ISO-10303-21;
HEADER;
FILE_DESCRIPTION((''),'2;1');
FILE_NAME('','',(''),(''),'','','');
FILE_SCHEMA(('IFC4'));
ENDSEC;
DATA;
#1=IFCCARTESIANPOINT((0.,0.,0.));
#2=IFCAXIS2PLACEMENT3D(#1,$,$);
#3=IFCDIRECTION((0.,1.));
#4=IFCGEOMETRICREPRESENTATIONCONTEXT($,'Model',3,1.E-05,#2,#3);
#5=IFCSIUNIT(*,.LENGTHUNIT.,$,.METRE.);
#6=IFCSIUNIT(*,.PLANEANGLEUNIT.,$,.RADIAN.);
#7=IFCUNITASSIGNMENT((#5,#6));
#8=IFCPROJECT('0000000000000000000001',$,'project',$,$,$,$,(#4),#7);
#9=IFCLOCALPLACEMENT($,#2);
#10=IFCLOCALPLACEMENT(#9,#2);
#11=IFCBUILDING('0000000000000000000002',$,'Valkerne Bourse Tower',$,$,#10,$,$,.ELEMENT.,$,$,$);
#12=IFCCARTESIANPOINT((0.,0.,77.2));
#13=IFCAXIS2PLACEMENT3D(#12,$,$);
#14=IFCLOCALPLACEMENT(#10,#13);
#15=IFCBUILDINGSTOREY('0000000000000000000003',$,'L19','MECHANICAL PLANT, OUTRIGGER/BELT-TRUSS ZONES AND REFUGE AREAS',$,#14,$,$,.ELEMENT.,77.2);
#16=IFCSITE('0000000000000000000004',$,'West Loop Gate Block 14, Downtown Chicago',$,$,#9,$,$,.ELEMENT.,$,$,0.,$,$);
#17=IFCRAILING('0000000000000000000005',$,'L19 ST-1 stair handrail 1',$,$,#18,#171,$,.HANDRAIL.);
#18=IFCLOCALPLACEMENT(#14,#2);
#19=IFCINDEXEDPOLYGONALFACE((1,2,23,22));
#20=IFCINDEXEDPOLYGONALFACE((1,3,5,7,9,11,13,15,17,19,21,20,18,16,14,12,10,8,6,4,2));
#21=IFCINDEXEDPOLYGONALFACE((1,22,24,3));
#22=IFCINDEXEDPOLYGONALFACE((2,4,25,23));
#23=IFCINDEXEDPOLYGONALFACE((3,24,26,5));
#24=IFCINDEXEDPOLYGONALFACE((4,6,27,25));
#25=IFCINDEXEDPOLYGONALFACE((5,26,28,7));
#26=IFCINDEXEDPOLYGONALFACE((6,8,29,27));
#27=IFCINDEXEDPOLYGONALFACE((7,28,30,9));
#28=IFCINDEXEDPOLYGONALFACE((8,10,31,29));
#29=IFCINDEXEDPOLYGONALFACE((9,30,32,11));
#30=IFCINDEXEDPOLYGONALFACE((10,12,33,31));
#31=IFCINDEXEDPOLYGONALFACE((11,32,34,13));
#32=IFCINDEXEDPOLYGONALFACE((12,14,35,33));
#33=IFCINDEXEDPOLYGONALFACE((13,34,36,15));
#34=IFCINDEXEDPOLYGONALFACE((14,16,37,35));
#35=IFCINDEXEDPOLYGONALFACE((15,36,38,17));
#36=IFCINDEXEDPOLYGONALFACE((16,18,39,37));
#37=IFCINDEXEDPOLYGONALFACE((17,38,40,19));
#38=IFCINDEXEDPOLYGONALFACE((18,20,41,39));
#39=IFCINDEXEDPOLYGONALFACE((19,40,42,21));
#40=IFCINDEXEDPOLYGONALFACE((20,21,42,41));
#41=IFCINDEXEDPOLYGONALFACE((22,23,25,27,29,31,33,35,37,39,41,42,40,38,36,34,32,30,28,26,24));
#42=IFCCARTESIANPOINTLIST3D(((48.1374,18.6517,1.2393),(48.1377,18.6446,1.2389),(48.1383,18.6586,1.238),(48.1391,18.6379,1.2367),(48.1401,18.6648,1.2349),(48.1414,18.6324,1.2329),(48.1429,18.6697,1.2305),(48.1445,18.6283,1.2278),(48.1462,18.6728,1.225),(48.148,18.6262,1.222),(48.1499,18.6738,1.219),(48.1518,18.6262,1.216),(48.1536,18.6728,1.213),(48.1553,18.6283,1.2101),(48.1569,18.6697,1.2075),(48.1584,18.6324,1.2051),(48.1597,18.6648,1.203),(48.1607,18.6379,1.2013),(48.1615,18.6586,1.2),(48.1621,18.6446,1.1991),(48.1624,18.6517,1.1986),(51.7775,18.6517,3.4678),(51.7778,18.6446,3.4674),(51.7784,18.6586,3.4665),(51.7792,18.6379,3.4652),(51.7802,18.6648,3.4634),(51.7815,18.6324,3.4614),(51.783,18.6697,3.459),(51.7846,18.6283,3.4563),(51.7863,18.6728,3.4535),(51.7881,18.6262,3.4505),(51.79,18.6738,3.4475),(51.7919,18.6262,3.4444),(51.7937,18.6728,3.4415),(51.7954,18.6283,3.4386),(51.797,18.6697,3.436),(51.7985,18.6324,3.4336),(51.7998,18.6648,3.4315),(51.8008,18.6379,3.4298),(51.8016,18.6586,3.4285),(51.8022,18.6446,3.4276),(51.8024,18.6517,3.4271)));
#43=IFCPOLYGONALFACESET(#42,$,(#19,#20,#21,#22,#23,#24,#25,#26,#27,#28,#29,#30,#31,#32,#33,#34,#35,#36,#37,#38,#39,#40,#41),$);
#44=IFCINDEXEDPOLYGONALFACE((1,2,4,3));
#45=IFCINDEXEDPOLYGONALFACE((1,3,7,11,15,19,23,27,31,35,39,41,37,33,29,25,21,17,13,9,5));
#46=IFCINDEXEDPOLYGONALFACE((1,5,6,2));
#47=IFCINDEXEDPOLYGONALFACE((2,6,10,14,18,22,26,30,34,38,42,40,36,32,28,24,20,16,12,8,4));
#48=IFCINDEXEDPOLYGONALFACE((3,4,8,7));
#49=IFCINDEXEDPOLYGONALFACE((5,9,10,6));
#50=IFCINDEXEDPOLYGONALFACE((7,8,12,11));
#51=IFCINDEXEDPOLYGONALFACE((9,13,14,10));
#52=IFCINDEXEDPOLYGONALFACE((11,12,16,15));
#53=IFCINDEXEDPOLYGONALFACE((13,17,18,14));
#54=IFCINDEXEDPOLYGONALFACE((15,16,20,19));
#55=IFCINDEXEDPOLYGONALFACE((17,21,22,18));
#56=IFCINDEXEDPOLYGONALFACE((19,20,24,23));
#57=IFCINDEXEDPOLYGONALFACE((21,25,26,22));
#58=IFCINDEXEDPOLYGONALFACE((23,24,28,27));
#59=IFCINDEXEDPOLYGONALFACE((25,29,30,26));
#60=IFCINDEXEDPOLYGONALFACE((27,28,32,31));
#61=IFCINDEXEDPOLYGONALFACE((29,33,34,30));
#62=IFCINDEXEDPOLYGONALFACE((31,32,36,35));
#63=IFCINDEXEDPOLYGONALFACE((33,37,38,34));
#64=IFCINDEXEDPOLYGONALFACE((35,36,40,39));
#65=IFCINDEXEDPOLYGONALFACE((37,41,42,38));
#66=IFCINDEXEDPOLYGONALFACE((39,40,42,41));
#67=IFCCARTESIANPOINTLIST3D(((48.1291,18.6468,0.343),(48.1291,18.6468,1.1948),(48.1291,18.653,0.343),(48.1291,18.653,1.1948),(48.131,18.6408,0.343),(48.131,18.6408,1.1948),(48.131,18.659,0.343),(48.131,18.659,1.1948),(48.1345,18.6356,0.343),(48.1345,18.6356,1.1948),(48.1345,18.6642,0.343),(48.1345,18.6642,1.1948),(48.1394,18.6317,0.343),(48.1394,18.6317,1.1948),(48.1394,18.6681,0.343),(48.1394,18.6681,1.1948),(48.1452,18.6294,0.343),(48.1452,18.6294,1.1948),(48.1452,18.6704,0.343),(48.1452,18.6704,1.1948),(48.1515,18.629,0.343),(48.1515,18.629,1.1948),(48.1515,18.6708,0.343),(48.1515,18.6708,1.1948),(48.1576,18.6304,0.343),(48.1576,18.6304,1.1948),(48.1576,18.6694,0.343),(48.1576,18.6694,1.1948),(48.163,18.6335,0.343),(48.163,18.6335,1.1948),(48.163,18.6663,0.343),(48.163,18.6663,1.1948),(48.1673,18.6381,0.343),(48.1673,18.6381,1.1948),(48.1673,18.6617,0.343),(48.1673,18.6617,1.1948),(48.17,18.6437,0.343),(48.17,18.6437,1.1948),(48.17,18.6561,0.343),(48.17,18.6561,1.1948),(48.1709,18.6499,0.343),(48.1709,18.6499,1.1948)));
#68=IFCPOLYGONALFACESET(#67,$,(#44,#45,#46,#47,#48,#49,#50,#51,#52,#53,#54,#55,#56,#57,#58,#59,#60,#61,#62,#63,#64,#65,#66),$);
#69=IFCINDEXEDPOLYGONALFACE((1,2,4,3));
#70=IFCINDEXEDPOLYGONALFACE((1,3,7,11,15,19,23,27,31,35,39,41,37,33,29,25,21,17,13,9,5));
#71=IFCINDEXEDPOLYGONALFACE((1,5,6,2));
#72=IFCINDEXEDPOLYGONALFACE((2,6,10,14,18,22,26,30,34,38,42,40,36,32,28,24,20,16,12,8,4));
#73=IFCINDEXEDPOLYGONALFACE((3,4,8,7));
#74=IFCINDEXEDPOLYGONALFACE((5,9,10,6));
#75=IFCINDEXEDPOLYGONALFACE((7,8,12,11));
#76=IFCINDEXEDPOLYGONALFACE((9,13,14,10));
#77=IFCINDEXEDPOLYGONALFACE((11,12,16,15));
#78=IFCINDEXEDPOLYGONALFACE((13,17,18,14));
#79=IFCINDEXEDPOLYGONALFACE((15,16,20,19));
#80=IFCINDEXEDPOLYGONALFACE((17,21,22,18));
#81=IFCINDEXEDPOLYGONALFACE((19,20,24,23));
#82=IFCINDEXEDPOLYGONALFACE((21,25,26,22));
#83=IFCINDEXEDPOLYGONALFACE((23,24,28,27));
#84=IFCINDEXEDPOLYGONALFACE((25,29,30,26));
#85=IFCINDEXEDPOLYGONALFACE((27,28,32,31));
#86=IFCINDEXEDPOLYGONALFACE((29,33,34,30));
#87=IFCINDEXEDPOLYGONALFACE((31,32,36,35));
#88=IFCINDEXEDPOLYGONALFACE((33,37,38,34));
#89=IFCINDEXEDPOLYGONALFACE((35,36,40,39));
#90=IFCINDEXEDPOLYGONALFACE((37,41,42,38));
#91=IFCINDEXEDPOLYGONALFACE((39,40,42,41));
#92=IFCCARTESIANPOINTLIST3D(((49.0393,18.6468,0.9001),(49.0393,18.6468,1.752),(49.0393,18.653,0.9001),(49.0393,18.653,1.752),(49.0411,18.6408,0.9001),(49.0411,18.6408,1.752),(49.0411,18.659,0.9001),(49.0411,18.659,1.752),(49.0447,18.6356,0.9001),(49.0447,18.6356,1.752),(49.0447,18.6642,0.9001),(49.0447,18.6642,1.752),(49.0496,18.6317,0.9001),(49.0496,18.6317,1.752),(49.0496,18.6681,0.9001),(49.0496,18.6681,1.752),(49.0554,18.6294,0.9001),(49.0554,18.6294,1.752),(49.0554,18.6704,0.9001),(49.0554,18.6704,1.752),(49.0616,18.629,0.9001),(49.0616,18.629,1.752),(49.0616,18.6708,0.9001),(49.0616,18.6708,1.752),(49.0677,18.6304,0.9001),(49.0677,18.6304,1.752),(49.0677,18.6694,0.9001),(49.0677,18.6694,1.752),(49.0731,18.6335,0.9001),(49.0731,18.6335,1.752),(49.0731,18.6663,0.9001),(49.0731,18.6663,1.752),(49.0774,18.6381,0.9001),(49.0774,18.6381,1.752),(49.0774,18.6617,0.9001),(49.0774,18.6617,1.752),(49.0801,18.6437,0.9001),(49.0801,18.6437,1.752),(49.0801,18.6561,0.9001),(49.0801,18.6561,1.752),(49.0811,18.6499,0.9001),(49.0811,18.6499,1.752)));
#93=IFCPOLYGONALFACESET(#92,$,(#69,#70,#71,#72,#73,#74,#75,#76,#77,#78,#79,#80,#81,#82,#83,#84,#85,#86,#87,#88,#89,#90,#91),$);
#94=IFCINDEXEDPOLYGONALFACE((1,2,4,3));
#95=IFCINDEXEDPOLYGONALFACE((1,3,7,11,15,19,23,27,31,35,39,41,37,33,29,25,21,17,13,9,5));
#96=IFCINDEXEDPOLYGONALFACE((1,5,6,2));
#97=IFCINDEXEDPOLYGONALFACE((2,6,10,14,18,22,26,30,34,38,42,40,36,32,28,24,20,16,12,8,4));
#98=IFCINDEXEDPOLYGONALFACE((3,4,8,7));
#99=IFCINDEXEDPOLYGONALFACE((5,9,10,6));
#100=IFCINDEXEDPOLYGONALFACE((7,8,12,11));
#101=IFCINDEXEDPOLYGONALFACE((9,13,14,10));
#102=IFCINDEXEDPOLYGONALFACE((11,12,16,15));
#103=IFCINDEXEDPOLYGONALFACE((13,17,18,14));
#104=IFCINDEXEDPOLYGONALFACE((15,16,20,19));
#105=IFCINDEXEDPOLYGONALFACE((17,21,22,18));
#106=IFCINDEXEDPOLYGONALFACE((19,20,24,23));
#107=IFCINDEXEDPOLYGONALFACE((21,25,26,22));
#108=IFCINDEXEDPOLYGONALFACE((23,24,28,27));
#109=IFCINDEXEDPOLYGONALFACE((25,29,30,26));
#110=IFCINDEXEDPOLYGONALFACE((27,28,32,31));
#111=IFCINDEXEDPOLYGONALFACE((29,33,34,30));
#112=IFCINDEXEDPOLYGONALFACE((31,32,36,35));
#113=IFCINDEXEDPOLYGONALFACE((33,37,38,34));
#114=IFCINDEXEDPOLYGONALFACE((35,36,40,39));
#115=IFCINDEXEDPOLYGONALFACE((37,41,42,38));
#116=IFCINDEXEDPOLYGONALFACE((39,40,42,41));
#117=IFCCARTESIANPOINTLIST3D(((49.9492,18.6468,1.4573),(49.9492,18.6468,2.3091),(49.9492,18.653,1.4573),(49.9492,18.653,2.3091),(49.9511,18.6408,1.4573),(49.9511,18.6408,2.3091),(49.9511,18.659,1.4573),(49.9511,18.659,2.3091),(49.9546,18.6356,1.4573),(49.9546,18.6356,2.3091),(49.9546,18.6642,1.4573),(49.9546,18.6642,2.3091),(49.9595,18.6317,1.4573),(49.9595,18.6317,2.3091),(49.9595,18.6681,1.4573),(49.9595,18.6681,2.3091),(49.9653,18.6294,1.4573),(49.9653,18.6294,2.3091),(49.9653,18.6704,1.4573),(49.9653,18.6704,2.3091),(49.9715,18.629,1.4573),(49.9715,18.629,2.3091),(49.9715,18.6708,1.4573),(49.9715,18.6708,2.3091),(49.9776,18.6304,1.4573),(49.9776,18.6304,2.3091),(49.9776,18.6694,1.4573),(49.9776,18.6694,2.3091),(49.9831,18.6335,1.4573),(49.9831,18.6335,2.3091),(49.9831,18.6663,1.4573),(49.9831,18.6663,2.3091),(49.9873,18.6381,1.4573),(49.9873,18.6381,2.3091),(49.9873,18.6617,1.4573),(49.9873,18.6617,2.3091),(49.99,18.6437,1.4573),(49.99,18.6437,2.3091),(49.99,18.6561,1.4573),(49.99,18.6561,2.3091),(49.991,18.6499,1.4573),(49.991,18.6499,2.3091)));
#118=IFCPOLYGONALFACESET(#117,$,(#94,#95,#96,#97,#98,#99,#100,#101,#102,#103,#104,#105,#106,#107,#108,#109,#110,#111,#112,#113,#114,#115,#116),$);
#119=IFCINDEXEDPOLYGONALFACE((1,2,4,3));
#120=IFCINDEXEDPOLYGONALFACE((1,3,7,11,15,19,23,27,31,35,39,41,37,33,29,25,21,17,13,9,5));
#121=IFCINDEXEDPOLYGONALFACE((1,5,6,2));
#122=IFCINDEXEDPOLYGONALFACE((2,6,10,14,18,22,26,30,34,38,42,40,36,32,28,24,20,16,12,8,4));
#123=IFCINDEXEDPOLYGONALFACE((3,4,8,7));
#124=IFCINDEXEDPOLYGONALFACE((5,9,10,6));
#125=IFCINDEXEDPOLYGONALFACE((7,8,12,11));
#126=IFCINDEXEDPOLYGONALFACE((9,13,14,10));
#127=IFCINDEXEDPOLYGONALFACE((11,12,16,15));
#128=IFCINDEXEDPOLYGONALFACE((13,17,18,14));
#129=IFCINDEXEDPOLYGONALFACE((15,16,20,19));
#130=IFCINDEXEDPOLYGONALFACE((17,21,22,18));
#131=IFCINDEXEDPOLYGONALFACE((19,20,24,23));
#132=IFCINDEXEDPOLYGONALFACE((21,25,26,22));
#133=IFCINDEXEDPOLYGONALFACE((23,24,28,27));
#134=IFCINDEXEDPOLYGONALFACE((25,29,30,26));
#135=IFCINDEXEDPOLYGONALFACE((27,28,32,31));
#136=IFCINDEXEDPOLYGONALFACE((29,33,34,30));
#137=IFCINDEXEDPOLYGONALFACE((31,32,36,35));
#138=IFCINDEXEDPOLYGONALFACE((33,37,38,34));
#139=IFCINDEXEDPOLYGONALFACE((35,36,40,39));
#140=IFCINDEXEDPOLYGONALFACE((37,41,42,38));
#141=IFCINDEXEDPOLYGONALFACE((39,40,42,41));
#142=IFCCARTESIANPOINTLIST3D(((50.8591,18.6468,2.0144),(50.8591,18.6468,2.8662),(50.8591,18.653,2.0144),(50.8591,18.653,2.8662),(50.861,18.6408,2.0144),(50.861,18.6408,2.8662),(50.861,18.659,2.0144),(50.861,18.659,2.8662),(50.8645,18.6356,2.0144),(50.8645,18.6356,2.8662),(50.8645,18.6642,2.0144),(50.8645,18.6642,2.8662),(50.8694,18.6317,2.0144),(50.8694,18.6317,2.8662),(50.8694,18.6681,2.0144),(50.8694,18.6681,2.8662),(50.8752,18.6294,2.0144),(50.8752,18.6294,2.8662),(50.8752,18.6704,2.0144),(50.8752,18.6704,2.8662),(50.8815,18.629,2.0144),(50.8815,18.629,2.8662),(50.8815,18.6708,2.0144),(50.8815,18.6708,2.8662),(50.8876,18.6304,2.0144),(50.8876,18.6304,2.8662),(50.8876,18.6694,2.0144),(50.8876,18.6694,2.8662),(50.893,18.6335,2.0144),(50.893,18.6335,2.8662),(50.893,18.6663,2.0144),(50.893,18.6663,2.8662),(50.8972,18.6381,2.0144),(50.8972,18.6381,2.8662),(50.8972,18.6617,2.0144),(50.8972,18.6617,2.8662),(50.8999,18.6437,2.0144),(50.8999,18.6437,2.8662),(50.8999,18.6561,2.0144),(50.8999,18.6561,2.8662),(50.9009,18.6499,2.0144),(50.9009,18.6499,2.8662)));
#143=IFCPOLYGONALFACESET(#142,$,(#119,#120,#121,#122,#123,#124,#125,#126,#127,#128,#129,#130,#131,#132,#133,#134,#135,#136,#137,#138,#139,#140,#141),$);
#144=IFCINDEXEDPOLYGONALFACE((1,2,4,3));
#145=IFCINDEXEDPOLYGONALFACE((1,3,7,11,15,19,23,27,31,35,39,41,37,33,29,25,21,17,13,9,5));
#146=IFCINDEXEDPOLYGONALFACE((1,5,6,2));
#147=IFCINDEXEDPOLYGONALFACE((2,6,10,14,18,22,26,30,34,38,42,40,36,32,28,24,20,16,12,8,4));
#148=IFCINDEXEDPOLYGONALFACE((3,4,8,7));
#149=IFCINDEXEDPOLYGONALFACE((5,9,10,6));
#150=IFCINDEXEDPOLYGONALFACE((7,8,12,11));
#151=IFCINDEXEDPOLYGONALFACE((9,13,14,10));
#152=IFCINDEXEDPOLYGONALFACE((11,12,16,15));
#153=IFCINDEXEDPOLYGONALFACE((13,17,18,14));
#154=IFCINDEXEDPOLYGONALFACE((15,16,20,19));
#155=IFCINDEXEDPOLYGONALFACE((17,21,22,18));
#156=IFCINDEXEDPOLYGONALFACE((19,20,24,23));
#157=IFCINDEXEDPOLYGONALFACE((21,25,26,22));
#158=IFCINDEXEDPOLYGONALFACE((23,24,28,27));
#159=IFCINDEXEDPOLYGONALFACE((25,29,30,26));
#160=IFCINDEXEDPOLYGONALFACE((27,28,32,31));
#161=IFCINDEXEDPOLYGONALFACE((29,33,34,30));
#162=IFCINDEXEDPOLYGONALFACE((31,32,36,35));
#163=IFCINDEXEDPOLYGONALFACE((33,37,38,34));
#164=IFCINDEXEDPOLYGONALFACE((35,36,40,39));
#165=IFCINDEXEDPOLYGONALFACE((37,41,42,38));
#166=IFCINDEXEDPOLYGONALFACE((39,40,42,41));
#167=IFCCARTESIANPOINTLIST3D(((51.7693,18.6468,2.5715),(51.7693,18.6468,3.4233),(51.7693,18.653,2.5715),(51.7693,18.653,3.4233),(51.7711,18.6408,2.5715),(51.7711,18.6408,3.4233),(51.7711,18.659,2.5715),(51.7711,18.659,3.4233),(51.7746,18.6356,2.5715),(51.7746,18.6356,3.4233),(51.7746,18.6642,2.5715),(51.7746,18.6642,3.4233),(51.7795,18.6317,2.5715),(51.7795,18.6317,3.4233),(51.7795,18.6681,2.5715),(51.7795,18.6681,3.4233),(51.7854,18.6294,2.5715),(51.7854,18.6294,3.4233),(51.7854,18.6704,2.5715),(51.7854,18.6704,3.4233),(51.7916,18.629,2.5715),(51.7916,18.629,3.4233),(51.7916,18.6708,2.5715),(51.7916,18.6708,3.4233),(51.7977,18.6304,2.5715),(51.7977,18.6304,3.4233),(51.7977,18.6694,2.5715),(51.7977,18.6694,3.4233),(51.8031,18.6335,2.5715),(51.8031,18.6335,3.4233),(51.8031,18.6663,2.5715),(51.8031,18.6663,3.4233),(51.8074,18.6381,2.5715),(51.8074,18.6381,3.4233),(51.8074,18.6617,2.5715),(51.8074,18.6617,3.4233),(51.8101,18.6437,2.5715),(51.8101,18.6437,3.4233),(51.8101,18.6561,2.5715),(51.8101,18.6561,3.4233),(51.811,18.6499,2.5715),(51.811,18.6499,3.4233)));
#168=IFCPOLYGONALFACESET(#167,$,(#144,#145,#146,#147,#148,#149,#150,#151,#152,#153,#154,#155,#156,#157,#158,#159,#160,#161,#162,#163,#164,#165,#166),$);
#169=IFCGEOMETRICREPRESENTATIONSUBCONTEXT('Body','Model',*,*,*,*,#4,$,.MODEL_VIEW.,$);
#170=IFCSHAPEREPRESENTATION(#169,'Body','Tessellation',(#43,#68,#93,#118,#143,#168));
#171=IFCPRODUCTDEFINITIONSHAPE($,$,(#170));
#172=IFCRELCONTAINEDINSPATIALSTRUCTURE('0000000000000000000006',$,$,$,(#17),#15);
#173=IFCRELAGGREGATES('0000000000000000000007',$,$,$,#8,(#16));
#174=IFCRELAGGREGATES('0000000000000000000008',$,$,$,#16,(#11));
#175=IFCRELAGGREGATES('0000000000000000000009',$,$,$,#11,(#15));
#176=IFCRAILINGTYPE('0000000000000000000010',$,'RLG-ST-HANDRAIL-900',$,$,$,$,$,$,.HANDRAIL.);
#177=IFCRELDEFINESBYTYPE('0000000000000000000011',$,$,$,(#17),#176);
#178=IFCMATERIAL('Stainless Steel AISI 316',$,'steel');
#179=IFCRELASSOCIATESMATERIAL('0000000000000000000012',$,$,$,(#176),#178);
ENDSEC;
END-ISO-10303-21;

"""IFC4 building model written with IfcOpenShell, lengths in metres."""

from ifc_helpers import new_model, si_unit, direction, frame, origin, origin_2d, place, context, subcontext, project, spatial, circle, extrude, material, type_object, element, save


model = new_model("IFC4")

# Units and contexts
model_context = context("Model", 3, precision=1e-05, world=origin(), true_north=direction((0.0, 1.0)))
body_context = subcontext(model_context, "Body", "Model", "MODEL_VIEW")
ifc_project = project(units=[si_unit("LENGTHUNIT", "METRE"), si_unit("PLANEANGLEUNIT", "RADIAN")], contexts=[model_context])

# Site, building, storey
site_placement = place(None, origin())
site = spatial("IfcSite", under=ifc_project, at=site_placement, Name="West Loop Gate Block 14, Downtown Chicago", CompositionType="ELEMENT", RefElevation=0.0)
building_placement = place(site_placement, origin())
building = spatial("IfcBuilding", under=site, at=building_placement, Name="Valkerne Bourse Tower", CompositionType="ELEMENT")
storey_placement = place(building_placement, frame((0.0, 0.0, 77.2)))
storey = spatial("IfcBuildingStorey", under=building, at=storey_placement, Name="L19", Description="MECHANICAL PLANT, OUTRIGGER/BELT-TRUSS ZONES AND REFUGE AREAS", CompositionType="ELEMENT", Elevation=77.2)

# Railing
ifc_material_1 = material(Name="Stainless Steel AISI 316", Category="steel")
railing_type_1 = type_object("IfcRailingType", Name="RLG-ST-HANDRAIL-900", PredefinedType="HANDRAIL", material=ifc_material_1)
railing_1_placement = place(storey_placement, frame((48.1499, 18.6499, 0.343)))
element("IfcRailing", 1, at=railing_1_placement, inside=storey, type_object=railing_type_1, Name="L19 ST-1 stair handrail 1", PredefinedType="HANDRAIL", context=body_context, shape_type="SweptSolid", body=[
    extrude(circle(Radius=0.0239, at=origin_2d()), frame((0.0, 0.0, 0.876), z_axis=(0.852866, 0.0, 0.52213), x_axis=(0.0, 1.0, 0.0)), (0.0, 0.0, 1.0), 4.2681),
    extrude(circle(Radius=0.021, at=origin_2d()), origin(), (0.0, 0.0, 1.0), 0.8518),
    extrude(circle(Radius=0.021, at=origin_2d()), frame((0.9102, 0.0, 0.5571)), (0.0, 0.0, 1.0), 0.8518),
    extrude(circle(Radius=0.021, at=origin_2d()), frame((1.8201, 0.0, 1.1143)), (0.0, 0.0, 1.0), 0.8518),
    extrude(circle(Radius=0.021, at=origin_2d()), frame((2.73, 0.0, 1.6714)), (0.0, 0.0, 1.0), 0.8518),
    extrude(circle(Radius=0.021, at=origin_2d()), frame((3.6401, 0.0, 2.2285)), (0.0, 0.0, 1.0), 0.8518),
])

save(model, "model.ifc")
